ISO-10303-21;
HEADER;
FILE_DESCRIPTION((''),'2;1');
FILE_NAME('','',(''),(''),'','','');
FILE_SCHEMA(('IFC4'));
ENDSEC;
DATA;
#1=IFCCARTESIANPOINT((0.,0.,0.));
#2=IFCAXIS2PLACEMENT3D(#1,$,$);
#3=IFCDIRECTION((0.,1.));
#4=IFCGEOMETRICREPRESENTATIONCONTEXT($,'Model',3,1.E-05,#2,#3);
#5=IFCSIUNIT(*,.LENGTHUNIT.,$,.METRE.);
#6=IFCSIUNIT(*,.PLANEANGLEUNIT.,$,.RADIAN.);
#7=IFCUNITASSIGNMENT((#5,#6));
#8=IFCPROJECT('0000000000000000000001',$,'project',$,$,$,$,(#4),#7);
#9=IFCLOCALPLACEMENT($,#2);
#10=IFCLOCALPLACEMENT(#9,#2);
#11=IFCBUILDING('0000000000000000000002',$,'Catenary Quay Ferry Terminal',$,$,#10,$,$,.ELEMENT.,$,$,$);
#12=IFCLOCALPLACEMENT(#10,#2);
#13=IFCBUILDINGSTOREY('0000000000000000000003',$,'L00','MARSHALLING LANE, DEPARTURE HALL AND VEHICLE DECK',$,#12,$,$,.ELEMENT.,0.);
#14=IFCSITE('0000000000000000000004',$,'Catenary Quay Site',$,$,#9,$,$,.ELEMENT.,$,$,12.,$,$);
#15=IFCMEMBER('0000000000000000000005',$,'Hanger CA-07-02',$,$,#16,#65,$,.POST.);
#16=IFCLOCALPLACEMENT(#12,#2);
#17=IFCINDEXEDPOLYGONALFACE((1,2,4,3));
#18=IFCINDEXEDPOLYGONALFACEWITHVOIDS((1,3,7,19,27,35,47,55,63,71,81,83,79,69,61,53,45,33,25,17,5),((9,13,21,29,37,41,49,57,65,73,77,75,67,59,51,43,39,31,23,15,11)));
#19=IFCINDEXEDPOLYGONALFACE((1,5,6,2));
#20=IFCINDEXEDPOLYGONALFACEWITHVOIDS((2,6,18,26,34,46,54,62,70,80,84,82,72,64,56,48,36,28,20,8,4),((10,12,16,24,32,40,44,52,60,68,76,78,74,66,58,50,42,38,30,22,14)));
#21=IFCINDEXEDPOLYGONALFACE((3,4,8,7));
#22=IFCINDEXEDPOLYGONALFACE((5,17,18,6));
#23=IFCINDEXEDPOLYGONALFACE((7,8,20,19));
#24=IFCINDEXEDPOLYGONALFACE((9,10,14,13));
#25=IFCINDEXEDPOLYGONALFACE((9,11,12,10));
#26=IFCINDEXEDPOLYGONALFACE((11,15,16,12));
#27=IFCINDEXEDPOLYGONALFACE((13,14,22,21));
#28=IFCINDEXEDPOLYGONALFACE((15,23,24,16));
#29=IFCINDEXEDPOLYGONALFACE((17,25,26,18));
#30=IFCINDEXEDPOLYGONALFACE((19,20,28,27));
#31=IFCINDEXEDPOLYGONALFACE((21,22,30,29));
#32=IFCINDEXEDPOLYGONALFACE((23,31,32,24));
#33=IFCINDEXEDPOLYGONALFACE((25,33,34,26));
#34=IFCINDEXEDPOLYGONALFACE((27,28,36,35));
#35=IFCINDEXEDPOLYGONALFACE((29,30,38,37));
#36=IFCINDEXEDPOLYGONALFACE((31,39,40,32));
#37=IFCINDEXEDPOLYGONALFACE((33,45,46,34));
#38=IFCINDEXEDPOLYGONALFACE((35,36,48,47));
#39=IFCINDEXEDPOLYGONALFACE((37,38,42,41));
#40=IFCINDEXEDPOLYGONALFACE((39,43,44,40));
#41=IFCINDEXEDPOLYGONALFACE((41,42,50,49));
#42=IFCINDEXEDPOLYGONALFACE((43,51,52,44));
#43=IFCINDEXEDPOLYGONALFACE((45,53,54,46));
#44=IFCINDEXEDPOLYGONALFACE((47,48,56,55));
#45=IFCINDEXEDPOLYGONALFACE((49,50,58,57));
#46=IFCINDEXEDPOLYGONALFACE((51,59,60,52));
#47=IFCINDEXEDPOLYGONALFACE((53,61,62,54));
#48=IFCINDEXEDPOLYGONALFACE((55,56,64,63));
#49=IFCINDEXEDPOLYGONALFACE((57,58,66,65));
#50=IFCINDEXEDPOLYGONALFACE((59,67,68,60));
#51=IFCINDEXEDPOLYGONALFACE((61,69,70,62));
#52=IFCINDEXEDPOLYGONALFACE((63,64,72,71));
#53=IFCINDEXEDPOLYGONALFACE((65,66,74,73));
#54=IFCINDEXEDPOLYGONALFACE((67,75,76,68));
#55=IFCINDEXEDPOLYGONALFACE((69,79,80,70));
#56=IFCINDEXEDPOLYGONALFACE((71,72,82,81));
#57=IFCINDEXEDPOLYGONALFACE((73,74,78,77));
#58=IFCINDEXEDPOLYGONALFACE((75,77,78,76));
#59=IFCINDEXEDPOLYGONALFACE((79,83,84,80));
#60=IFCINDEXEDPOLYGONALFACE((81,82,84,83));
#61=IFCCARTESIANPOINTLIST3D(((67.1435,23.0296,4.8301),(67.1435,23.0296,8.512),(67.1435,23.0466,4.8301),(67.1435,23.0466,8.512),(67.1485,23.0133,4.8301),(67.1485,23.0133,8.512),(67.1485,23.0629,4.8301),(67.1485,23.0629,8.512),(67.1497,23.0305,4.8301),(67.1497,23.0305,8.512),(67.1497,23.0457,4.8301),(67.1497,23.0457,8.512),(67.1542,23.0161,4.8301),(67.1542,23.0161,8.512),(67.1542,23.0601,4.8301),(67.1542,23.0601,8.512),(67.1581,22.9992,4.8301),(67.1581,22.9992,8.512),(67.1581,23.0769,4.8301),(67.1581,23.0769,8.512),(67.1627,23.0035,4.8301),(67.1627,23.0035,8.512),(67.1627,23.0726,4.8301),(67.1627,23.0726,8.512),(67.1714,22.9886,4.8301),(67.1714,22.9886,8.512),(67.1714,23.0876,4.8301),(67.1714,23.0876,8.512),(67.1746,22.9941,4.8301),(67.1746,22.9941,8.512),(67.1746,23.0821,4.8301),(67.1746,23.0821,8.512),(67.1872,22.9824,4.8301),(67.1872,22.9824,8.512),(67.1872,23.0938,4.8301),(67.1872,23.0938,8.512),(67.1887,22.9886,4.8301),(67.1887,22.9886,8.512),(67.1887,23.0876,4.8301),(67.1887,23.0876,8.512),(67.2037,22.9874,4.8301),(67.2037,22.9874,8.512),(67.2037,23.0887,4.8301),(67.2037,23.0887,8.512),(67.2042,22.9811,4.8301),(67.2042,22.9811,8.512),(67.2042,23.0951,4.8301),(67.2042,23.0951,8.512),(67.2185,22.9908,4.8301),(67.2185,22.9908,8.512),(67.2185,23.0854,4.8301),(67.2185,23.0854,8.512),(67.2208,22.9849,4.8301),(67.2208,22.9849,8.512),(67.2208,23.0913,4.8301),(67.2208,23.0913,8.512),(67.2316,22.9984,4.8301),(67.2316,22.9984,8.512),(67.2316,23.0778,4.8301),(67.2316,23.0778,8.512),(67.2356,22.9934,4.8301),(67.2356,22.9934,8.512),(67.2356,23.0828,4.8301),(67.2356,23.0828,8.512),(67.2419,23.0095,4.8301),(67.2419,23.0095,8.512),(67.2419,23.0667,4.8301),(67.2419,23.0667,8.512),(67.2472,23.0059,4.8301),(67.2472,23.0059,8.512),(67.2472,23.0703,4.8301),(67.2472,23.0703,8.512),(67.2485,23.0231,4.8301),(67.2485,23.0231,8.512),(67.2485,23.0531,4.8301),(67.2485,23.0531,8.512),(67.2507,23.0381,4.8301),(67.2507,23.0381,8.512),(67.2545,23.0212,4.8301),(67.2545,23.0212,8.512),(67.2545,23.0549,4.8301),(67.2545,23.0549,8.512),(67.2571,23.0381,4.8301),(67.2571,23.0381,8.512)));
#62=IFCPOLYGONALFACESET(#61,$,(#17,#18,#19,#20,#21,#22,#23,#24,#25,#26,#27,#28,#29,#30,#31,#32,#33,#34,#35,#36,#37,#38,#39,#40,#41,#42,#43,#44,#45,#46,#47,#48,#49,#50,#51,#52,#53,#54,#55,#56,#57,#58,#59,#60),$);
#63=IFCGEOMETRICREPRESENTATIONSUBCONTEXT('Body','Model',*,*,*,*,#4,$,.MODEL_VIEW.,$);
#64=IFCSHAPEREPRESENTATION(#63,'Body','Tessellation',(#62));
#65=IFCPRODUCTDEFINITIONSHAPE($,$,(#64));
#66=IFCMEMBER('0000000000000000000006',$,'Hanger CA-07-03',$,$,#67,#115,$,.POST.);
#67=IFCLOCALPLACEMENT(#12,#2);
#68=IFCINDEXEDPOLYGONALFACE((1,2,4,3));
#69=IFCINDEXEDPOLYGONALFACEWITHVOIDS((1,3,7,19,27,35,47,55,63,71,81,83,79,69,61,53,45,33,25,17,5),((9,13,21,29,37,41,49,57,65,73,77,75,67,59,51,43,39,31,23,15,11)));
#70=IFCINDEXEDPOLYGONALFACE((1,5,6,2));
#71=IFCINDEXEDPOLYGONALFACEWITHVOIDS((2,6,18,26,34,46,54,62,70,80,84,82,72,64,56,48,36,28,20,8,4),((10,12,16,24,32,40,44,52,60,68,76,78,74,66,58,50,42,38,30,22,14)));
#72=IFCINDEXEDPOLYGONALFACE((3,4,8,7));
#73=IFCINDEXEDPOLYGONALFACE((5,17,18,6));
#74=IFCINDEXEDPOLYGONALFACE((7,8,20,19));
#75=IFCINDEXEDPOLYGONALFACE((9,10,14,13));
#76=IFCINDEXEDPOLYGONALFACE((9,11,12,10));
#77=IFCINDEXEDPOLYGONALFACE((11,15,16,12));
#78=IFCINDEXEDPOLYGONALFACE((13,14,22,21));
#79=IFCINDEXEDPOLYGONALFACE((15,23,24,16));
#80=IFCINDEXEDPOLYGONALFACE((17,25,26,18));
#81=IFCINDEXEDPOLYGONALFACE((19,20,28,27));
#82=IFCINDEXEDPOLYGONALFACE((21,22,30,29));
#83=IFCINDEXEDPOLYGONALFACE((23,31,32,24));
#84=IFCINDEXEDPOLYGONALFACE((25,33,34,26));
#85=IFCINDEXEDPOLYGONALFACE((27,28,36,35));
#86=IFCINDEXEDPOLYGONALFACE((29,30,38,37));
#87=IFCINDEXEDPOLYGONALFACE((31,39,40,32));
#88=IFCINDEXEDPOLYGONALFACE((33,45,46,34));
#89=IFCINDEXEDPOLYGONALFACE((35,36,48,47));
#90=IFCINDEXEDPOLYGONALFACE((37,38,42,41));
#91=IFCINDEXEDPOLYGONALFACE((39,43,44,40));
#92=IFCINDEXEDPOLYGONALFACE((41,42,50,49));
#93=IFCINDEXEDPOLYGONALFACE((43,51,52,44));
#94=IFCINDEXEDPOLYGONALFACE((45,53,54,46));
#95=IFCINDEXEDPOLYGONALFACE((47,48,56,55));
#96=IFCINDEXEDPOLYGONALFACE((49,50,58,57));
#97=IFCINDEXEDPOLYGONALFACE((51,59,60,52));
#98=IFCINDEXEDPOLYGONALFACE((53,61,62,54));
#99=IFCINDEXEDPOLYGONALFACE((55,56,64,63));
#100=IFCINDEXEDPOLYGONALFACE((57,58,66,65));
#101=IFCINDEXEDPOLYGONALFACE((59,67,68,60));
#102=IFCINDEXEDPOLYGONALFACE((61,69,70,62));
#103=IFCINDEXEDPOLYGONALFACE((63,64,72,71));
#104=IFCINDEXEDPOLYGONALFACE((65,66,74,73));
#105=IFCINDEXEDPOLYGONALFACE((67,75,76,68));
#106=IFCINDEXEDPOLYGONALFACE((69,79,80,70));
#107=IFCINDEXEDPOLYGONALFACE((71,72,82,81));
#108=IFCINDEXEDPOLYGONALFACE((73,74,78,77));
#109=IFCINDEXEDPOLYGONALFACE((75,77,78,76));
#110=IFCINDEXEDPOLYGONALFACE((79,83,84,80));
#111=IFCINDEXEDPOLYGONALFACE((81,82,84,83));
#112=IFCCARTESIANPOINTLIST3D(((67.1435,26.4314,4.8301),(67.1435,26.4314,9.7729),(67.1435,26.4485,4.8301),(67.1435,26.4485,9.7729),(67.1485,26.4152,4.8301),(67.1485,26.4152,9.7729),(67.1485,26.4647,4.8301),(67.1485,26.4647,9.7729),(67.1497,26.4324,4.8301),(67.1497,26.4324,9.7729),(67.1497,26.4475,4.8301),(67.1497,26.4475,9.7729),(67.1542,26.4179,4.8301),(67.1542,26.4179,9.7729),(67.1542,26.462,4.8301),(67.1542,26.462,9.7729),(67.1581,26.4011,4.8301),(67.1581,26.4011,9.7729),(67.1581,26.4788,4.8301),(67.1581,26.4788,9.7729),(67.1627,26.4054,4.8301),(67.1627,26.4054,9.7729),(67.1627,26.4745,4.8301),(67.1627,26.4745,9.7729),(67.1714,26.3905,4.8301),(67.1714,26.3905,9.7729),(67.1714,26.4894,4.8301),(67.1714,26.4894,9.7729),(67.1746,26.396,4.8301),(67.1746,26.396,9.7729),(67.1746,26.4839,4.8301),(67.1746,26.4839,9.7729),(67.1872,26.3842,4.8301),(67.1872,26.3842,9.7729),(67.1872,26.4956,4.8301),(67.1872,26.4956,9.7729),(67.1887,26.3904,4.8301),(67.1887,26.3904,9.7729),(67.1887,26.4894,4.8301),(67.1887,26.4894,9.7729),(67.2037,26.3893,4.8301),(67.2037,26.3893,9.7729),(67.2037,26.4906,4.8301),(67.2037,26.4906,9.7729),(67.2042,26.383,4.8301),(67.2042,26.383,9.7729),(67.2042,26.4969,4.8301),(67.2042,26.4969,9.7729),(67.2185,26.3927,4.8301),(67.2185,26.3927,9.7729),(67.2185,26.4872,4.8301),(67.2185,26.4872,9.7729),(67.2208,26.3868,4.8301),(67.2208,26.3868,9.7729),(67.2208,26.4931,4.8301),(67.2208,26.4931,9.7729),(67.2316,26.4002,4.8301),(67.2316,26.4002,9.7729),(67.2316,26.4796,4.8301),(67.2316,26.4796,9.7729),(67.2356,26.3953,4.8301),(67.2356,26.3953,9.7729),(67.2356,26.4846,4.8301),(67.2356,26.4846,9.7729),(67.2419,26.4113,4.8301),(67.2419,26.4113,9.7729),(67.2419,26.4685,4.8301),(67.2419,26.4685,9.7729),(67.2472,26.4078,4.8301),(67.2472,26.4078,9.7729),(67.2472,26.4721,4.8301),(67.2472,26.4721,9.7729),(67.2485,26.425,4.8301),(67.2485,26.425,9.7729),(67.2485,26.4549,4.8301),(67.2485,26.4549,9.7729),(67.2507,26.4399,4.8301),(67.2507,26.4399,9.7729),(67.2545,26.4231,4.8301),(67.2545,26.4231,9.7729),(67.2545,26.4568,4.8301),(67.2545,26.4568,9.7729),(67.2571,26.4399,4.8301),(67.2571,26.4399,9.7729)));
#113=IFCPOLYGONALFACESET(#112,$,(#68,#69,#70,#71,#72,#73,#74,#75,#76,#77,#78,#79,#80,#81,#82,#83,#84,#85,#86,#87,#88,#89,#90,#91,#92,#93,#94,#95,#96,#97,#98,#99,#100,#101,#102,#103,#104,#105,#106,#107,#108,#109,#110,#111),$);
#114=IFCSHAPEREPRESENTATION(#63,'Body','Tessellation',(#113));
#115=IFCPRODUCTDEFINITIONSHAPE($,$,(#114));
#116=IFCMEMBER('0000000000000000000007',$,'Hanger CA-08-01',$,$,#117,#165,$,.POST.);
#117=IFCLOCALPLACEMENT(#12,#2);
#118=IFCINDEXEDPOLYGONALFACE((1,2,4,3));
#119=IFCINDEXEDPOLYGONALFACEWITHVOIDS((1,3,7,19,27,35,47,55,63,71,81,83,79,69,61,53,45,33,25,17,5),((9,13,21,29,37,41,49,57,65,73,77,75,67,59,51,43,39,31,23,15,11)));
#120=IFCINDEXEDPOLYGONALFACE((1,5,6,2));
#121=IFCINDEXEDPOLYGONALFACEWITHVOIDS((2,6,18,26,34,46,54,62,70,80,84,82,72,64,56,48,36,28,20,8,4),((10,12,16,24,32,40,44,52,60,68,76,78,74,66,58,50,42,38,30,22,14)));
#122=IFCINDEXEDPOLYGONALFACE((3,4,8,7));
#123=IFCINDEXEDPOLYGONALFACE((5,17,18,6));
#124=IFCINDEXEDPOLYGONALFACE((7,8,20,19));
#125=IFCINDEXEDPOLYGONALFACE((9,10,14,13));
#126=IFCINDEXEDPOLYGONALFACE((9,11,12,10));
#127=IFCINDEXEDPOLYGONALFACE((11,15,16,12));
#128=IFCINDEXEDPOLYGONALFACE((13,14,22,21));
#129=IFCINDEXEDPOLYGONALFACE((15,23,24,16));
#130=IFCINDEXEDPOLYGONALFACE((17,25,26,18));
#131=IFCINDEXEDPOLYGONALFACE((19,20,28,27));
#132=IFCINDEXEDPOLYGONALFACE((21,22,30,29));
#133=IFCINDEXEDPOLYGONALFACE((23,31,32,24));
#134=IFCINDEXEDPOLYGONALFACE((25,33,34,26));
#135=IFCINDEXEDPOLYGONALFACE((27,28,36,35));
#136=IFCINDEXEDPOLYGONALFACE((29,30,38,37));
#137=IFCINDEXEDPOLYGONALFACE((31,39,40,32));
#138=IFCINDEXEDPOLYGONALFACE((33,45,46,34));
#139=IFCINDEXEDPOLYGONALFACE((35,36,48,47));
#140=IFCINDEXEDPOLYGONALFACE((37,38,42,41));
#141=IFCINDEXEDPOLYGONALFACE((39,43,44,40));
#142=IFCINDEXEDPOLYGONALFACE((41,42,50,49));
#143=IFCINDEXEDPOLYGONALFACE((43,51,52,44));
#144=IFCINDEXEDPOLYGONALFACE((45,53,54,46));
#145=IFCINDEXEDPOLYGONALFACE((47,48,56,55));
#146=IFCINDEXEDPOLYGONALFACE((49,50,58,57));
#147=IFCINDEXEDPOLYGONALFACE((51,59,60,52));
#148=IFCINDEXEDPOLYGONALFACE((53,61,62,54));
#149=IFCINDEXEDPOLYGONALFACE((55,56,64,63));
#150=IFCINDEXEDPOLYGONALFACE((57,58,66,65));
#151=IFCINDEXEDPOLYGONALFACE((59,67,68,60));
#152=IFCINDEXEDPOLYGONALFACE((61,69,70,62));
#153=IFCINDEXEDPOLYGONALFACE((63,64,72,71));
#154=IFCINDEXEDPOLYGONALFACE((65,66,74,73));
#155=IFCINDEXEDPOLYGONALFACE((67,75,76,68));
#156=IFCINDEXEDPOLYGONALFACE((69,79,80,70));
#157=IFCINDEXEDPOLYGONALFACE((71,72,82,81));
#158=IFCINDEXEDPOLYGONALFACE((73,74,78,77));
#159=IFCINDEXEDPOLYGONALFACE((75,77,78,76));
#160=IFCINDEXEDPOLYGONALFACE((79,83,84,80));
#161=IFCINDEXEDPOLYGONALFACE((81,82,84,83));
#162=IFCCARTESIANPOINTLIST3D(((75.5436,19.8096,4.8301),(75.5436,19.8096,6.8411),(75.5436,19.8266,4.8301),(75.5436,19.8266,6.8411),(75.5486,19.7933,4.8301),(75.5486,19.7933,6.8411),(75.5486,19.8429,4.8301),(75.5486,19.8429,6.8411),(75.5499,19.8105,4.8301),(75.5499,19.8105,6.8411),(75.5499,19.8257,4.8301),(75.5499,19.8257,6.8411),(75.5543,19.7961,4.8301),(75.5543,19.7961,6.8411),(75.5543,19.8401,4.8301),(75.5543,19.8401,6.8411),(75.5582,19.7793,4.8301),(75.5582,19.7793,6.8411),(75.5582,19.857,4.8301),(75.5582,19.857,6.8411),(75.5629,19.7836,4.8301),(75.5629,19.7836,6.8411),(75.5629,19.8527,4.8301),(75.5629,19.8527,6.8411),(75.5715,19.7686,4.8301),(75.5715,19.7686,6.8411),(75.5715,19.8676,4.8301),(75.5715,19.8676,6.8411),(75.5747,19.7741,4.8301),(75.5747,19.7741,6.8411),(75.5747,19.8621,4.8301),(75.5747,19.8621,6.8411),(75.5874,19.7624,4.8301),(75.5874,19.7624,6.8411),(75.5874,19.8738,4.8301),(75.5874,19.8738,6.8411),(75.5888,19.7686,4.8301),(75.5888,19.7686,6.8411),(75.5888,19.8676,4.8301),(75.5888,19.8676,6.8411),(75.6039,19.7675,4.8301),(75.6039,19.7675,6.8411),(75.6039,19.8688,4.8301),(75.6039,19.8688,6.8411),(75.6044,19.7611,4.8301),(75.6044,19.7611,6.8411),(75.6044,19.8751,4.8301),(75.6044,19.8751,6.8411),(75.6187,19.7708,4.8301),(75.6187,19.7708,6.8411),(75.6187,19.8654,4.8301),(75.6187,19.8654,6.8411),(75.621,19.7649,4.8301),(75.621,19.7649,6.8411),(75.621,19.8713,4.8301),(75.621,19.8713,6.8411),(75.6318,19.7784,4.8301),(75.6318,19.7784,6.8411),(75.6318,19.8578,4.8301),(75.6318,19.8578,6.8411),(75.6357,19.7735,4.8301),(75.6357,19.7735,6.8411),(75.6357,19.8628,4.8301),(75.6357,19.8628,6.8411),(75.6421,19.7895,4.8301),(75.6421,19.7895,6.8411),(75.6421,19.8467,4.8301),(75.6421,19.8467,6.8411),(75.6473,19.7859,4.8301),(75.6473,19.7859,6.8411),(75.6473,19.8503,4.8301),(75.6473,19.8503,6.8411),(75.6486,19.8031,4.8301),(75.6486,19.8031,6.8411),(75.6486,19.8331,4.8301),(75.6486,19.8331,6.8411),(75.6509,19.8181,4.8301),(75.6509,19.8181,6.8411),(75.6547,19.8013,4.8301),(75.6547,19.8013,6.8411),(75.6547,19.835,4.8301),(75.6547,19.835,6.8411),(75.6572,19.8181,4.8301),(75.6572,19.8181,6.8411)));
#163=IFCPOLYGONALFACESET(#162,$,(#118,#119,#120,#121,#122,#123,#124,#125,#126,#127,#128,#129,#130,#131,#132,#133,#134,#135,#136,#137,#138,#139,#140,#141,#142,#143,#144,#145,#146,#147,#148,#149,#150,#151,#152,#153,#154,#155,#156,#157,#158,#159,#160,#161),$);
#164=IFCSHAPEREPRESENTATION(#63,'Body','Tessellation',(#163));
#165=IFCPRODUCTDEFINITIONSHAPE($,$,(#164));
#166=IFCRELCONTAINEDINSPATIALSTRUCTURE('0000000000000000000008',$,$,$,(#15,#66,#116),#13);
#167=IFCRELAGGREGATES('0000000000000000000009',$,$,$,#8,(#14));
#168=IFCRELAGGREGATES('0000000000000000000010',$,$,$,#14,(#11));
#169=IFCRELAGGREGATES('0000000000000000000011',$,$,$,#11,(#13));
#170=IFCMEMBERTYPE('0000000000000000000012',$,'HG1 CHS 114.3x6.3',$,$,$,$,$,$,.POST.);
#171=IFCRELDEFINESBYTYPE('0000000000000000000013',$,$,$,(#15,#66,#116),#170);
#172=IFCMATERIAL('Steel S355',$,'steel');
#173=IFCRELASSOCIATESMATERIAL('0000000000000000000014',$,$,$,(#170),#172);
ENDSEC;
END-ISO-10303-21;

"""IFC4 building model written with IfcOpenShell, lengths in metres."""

from ifc_helpers import new_model, si_unit, direction, frame, origin, origin_2d, place, context, subcontext, project, spatial, hollow_circle, extrude, material, material_profile, profile_set, type_object, element, save


model = new_model("IFC4")

# Units and contexts
model_context = context("Model", 3, precision=1e-05, world=origin(), true_north=direction((0.0, 1.0)))
body_context = subcontext(model_context, "Body", "Model", "MODEL_VIEW")
ifc_project = project(units=[si_unit("LENGTHUNIT", "METRE"), si_unit("PLANEANGLEUNIT", "RADIAN")], contexts=[model_context])

# Site, building, storey
site_placement = place(None, origin())
site = spatial("IfcSite", under=ifc_project, at=site_placement, Name="Catenary Quay Site", CompositionType="ELEMENT", RefElevation=12.0)
building_placement = place(site_placement, origin())
building = spatial("IfcBuilding", under=site, at=building_placement, Name="Catenary Quay Ferry Terminal", CompositionType="ELEMENT")
storey_placement = place(building_placement, origin())
storey = spatial("IfcBuildingStorey", under=building, at=storey_placement, Name="L00", Description="MARSHALLING LANE, DEPARTURE HALL AND VEHICLE DECK", CompositionType="ELEMENT", Elevation=0.0)

# Members
ifc_material_1 = material(Name="Steel S355", Category="steel")
ifc_material_profile_1 = material_profile(ifc_material_1, hollow_circle(Radius=0.0571, WallThickness=0.0063, at=origin_2d()), Name="CHS 114.3x6.3")
ifc_profile_set_1 = profile_set([ifc_material_profile_1], Name="Steel S355")
member_type_1 = type_object("IfcMemberType", Name="HG1 CHS 114.3x6.3", PredefinedType="POST", material=ifc_profile_set_1)
member_1_placement = place(storey_placement, frame((67.2, 23.0381, 4.8301), z_axis=(0.0, 0.0, 1.0), x_axis=(1.0, 0.0, 0.0)))
element("IfcMember", 1, at=member_1_placement, inside=storey, type_object=member_type_1, Name="Hanger CA-07-02", PredefinedType="POST", context=body_context, shape_type="SweptSolid", body=[
    extrude(hollow_circle(Radius=0.0571, WallThickness=0.0063, at=origin_2d()), origin(), (0.0, 0.0, 1.0), 3.6819),
])
member_2_placement = place(storey_placement, frame((67.2, 26.4399, 4.8301), z_axis=(0.0, 0.0, 1.0), x_axis=(1.0, 0.0, 0.0)))
element("IfcMember", 2, at=member_2_placement, inside=storey, type_object=member_type_1, Name="Hanger CA-07-03", PredefinedType="POST", context=body_context, shape_type="SweptSolid", body=[
    extrude(hollow_circle(Radius=0.0571, WallThickness=0.0063, at=origin_2d()), origin(), (0.0, 0.0, 1.0), 4.9429),
])
member_3_placement = place(storey_placement, frame((75.6001, 19.8181, 4.8301), z_axis=(0.0, 0.0, 1.0), x_axis=(1.0, 0.0, 0.0)))
element("IfcMember", 3, at=member_3_placement, inside=storey, type_object=member_type_1, Name="Hanger CA-08-01", PredefinedType="POST", context=body_context, shape_type="SweptSolid", body=[
    extrude(hollow_circle(Radius=0.0571, WallThickness=0.0063, at=origin_2d()), origin(), (0.0, 0.0, 1.0), 2.011),
])

save(model, "model.ifc")
